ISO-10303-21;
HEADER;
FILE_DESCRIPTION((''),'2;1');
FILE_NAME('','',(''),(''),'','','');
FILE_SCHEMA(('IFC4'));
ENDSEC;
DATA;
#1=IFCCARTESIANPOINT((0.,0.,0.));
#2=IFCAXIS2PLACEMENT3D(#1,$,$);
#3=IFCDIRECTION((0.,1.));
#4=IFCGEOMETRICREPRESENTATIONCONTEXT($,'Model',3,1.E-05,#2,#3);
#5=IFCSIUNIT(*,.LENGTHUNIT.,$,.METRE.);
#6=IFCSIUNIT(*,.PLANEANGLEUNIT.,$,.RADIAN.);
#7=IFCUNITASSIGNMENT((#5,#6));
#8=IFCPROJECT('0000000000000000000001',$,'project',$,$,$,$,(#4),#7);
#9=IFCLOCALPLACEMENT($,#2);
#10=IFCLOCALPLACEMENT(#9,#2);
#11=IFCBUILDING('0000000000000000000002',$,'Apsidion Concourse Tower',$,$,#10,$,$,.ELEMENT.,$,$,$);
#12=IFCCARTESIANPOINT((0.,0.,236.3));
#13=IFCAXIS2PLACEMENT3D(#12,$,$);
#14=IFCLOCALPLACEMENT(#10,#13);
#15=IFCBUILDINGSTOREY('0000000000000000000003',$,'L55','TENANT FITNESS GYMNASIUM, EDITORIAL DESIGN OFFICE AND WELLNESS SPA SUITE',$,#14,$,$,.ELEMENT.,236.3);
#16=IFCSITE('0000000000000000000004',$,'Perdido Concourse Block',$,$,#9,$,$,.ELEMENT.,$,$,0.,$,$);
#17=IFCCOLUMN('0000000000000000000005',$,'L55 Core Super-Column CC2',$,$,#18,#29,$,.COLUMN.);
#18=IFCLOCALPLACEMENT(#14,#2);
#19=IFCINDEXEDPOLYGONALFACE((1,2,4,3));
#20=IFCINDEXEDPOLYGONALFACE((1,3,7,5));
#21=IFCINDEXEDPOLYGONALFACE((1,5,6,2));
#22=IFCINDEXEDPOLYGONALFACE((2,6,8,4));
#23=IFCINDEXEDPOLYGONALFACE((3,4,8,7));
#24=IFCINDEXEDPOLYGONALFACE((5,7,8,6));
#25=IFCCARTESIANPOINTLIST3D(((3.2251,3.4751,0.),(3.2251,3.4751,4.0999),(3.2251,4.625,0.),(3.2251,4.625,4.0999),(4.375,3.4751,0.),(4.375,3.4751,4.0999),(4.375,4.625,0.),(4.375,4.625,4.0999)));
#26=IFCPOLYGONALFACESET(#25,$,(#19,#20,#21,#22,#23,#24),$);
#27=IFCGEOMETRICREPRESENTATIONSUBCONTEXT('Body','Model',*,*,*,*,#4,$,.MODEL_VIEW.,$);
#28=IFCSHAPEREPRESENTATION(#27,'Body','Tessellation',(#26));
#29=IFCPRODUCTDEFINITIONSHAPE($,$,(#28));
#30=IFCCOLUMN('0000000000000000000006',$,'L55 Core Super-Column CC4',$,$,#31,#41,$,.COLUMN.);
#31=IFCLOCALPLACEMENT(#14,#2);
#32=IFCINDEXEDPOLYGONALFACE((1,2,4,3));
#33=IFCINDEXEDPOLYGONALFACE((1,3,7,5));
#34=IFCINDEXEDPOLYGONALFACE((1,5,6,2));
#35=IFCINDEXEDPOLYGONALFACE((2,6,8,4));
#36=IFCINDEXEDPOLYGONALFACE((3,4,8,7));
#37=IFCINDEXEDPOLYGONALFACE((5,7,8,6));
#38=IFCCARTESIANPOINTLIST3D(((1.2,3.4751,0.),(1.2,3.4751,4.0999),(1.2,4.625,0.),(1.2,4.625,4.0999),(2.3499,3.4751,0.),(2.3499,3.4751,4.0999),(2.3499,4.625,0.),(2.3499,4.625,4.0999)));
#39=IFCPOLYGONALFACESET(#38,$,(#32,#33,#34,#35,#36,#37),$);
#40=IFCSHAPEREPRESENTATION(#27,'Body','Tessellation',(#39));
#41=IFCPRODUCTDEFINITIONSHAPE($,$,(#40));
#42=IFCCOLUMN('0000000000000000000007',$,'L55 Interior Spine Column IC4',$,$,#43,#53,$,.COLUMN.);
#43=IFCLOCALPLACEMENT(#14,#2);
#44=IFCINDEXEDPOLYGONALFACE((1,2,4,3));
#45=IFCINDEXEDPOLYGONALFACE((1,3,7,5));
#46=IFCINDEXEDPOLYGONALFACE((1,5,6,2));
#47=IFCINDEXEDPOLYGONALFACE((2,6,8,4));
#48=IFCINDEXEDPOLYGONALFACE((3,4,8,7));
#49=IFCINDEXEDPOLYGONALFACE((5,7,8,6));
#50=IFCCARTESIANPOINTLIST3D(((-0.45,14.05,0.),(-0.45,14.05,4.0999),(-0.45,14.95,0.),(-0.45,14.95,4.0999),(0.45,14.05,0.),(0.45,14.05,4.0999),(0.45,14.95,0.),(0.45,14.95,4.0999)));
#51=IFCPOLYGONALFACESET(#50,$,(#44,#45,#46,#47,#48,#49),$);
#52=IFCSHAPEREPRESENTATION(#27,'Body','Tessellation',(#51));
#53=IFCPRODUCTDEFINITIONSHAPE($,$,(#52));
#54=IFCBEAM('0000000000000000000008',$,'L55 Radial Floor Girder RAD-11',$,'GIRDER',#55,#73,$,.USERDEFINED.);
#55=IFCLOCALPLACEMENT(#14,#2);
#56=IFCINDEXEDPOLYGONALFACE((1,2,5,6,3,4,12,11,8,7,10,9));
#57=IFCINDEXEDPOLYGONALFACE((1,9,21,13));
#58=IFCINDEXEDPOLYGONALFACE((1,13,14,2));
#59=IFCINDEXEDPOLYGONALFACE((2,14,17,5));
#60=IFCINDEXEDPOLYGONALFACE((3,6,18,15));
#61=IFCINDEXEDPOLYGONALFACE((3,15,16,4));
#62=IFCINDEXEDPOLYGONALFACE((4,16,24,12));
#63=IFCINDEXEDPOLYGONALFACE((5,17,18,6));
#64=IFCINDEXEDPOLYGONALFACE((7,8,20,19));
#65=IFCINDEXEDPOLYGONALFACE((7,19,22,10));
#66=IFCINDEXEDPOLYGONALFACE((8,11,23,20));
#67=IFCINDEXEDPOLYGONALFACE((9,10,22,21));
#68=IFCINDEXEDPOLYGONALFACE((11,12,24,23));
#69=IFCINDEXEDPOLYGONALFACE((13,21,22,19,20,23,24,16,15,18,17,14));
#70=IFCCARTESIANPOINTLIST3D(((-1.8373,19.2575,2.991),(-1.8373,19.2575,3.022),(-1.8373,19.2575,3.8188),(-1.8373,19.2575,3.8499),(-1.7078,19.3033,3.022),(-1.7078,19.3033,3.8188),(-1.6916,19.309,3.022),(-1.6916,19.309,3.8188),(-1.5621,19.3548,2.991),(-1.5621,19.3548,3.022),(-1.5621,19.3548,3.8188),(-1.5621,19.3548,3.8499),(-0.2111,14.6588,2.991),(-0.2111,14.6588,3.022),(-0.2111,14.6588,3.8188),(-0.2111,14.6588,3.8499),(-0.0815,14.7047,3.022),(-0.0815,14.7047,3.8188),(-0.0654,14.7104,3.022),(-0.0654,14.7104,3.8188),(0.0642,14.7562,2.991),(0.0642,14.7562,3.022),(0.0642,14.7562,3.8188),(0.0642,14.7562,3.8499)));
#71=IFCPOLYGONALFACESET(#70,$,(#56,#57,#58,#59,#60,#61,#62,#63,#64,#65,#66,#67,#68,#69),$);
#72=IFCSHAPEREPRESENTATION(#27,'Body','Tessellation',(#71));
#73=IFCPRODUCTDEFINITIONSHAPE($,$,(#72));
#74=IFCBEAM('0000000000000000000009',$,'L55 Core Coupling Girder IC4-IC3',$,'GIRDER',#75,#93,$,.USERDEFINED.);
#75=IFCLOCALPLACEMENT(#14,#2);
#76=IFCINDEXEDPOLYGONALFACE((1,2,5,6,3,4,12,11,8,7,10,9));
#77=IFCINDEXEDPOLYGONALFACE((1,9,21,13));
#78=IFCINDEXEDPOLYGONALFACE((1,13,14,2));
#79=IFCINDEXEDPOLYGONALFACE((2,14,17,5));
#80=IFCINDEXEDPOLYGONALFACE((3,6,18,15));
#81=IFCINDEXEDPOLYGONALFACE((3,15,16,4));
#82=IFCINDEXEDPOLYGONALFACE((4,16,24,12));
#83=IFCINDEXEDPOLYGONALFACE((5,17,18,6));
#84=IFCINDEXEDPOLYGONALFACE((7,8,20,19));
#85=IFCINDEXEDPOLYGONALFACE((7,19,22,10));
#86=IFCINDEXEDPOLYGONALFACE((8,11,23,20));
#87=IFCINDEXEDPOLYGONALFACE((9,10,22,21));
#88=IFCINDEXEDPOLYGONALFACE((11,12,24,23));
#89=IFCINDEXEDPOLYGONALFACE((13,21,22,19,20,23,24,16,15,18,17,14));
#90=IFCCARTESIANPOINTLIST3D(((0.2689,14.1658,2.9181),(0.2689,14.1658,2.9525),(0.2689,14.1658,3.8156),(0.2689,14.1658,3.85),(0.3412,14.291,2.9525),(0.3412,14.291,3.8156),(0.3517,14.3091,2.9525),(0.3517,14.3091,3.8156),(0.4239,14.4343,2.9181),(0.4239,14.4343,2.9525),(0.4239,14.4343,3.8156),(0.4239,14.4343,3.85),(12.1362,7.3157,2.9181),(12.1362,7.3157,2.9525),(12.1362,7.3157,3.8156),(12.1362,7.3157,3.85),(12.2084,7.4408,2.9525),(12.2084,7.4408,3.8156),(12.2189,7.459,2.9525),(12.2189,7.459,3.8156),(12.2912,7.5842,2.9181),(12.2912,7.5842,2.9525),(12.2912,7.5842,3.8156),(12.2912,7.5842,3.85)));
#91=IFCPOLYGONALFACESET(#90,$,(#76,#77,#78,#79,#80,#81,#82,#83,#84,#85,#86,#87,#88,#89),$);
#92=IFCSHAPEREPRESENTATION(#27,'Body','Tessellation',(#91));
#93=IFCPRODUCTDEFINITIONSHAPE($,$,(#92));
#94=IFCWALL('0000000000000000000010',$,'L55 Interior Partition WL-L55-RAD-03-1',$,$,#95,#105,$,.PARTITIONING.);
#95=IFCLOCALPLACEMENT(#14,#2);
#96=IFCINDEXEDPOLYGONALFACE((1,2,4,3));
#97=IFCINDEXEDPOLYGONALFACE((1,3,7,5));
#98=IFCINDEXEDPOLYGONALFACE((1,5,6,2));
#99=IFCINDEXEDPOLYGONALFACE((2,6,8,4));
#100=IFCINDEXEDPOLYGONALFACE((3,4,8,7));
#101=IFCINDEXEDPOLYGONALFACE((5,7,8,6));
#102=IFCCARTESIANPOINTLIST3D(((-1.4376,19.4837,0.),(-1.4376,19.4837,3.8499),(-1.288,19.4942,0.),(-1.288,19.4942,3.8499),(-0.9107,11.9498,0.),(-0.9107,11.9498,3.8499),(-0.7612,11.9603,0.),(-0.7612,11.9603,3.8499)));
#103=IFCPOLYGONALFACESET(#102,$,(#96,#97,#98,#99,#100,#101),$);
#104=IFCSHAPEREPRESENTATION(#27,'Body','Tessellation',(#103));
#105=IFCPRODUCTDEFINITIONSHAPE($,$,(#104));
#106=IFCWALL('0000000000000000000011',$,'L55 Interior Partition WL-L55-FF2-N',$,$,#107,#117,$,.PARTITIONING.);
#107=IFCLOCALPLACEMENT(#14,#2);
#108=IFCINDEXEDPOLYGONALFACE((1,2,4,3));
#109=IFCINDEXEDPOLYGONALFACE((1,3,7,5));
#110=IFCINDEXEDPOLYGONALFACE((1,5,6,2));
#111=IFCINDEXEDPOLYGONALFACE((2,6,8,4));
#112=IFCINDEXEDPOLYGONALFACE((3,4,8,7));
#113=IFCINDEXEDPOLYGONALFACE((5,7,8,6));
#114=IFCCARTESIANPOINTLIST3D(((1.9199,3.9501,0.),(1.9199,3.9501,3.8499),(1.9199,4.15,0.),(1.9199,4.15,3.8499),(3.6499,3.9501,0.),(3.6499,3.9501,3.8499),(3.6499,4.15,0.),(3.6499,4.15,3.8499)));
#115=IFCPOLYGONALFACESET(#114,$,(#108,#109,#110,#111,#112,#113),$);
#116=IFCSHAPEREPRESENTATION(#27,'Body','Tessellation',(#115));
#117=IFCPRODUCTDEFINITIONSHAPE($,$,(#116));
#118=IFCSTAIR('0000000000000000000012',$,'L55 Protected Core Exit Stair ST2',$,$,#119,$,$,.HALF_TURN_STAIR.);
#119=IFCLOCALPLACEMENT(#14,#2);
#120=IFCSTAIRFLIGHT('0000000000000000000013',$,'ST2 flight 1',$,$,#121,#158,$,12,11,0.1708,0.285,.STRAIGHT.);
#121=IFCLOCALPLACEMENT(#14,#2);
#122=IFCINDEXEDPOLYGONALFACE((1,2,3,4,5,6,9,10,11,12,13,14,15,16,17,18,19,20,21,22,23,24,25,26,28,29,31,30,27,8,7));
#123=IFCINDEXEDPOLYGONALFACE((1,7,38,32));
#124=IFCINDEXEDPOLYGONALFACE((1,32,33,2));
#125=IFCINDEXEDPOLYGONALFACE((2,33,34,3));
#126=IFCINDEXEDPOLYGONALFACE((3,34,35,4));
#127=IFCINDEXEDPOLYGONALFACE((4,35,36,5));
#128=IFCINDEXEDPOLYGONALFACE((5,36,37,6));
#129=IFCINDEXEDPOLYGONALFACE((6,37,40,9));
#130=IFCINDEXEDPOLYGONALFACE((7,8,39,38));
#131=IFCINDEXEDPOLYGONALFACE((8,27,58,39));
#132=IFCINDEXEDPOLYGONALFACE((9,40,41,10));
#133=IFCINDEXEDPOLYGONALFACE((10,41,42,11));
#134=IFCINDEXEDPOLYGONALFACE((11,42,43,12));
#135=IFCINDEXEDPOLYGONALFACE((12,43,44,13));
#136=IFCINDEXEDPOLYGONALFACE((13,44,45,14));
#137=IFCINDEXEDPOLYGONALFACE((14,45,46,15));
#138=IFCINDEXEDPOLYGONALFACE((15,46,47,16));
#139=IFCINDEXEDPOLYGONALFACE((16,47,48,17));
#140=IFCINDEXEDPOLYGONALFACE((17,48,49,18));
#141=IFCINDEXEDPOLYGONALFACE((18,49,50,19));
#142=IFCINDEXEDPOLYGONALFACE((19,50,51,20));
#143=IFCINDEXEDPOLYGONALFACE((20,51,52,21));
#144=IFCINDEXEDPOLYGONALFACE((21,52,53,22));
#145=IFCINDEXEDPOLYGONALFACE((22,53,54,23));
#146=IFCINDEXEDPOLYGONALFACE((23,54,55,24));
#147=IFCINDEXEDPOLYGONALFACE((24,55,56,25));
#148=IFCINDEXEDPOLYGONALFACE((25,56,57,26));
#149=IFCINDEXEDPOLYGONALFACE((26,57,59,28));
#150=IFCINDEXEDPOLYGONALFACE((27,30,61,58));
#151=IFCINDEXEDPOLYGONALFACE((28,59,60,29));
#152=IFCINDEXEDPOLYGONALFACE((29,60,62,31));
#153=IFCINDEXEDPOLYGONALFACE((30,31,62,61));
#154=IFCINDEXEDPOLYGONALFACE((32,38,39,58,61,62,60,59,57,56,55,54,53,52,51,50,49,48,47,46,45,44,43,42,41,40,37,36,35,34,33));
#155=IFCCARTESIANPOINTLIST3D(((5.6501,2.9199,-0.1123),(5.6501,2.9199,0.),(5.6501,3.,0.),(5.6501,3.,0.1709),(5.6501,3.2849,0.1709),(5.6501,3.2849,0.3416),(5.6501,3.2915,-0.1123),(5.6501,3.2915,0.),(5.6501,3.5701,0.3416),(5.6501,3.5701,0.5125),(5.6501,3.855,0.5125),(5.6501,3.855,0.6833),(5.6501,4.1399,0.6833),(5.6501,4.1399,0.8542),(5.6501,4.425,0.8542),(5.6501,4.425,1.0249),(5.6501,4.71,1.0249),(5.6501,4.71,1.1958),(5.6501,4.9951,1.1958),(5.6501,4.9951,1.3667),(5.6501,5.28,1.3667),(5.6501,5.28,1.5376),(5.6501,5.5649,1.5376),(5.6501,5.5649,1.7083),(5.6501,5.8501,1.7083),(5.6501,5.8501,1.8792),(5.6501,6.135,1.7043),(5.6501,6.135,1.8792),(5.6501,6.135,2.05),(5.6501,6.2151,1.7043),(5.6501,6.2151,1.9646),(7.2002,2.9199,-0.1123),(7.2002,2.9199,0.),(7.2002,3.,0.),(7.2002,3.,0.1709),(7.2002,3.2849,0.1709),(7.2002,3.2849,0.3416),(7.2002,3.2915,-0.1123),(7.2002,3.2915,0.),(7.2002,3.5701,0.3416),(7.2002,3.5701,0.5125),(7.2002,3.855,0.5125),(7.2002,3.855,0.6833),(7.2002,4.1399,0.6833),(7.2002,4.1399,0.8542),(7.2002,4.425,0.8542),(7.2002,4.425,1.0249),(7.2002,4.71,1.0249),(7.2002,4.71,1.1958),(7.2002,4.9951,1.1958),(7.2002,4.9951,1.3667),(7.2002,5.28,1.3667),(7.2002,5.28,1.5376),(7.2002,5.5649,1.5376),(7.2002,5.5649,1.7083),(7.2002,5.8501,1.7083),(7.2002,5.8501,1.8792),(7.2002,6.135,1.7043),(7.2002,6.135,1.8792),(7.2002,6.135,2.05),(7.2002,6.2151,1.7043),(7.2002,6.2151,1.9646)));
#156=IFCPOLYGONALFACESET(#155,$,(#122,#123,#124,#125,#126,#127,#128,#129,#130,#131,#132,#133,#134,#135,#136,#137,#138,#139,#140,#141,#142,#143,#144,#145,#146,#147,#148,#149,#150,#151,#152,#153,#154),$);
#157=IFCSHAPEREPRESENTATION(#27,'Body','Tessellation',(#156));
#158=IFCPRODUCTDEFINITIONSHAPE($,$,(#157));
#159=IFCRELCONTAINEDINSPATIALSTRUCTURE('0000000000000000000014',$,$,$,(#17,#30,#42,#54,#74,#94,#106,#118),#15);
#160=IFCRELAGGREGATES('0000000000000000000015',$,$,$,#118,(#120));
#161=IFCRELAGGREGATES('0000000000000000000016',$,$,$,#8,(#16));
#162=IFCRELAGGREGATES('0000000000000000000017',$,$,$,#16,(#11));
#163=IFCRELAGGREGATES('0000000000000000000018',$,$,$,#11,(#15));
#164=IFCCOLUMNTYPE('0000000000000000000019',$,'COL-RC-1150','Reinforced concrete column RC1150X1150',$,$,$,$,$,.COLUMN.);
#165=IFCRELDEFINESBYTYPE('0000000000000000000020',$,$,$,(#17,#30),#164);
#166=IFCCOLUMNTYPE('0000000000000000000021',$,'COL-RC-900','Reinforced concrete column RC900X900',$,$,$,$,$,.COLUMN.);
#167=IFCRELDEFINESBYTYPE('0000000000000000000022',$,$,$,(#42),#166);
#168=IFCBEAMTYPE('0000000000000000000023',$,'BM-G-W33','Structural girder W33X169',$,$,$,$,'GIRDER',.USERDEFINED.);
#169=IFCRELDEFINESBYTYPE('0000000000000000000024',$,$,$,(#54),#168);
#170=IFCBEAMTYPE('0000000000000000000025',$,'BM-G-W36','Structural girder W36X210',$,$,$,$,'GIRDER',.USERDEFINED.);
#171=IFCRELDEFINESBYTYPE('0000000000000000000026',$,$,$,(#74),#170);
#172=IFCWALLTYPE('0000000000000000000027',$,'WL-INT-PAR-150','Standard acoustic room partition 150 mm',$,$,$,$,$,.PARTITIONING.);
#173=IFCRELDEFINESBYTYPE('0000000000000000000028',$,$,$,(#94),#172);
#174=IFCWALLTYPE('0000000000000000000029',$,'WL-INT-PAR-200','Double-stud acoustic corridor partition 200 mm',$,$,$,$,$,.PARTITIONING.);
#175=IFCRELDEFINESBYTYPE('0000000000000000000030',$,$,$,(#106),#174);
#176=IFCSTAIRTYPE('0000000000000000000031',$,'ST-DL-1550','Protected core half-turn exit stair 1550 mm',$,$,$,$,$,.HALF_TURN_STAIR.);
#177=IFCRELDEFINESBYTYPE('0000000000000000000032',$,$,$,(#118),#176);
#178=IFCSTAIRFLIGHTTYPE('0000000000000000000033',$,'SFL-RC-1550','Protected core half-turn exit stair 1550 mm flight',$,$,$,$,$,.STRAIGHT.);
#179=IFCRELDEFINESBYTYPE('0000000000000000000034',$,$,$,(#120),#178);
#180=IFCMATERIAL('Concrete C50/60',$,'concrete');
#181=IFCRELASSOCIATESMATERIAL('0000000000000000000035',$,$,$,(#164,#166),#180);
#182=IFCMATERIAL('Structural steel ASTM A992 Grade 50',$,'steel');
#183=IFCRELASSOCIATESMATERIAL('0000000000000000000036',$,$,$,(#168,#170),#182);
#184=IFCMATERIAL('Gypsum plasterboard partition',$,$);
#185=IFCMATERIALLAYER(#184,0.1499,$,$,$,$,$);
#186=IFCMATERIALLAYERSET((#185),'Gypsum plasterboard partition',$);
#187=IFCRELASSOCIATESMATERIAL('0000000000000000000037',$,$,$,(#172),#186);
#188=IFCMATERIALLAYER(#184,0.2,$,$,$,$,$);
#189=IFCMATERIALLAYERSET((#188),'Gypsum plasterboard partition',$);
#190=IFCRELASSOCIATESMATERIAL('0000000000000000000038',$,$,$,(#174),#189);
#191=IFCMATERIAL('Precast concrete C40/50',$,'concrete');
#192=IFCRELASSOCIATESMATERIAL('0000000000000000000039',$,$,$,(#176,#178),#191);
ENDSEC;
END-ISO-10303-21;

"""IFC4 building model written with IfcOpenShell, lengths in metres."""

from ifc_helpers import new_model, si_unit, direction, frame, frame_2d, origin, origin_2d, place, context, subcontext, project, spatial, polyline, rectangle, i_section, outline, extrude, material, layer, layer_set, material_profile, profile_set, type_object, element, aggregate, save


model = new_model("IFC4")

# Units and contexts
model_context = context("Model", 3, precision=1e-05, world=origin(), true_north=direction((0.0, 1.0)))
body_context = subcontext(model_context, "Body", "Model", "MODEL_VIEW")
ifc_project = project(units=[si_unit("LENGTHUNIT", "METRE"), si_unit("PLANEANGLEUNIT", "RADIAN")], contexts=[model_context])

# Site, building, storey
site_placement = place(None, origin())
site = spatial("IfcSite", under=ifc_project, at=site_placement, Name="Perdido Concourse Block", CompositionType="ELEMENT", RefElevation=0.0)
building_placement = place(site_placement, origin())
building = spatial("IfcBuilding", under=site, at=building_placement, Name="Apsidion Concourse Tower", CompositionType="ELEMENT")
storey_placement = place(building_placement, frame((0.0, 0.0, 236.3)))
storey = spatial("IfcBuildingStorey", under=building, at=storey_placement, Name="L55", Description="TENANT FITNESS GYMNASIUM, EDITORIAL DESIGN OFFICE AND WELLNESS SPA SUITE", CompositionType="ELEMENT", Elevation=236.3)

# Columns
ifc_material_1 = material(Name="Concrete C50/60", Category="concrete")
ifc_material_profile_1 = material_profile(ifc_material_1, rectangle(XDim=1.1499, YDim=1.1499, at=origin_2d()), Name="RC 1150x1150")
ifc_profile_set_1 = profile_set([ifc_material_profile_1], Name="Concrete C50/60")
column_type_1 = type_object("IfcColumnType", Name="COL-RC-1150", Description="Reinforced concrete column RC1150X1150", PredefinedType="COLUMN", material=ifc_profile_set_1)
for number, where, z_axis, x_axis, name in (
    (1, (3.8, 4.05, 0.0), (0.0, 0.0, 1.0), (1.0, 0.0, 0.0), "L55 Core Super-Column CC2"),
    (2, (1.7749, 4.05, 0.0), (0.0, 0.0, 1.0), (1.0, 0.0, 0.0), "L55 Core Super-Column CC4"),
):
    element("IfcColumn", number, at=place(storey_placement, frame(where, z_axis=z_axis, x_axis=x_axis)), inside=storey, type_object=column_type_1, Name=name, PredefinedType="COLUMN", context=body_context, shape_type="SweptSolid", body=[
        extrude(rectangle(XDim=1.1499, YDim=1.1499, at=origin_2d()), origin(), (0.0, 0.0, 1.0), 4.0999),
    ])
ifc_material_profile_2 = material_profile(ifc_material_1, rectangle(XDim=0.8999, YDim=0.8999, at=origin_2d()), Name="RC 900x900")
ifc_profile_set_2 = profile_set([ifc_material_profile_2], Name="Concrete C50/60")
column_type_2 = type_object("IfcColumnType", Name="COL-RC-900", Description="Reinforced concrete column RC900X900", PredefinedType="COLUMN", material=ifc_profile_set_2)
column_placement = place(storey_placement, frame((0.0, 14.5, 0.0), z_axis=(0.0, 0.0, 1.0), x_axis=(1.0, 0.0, 0.0)))
element("IfcColumn", 3, at=column_placement, inside=storey, type_object=column_type_2, Name="L55 Interior Spine Column IC4", PredefinedType="COLUMN", context=body_context, shape_type="SweptSolid", body=[
    extrude(rectangle(XDim=0.8999, YDim=0.8999, at=origin_2d()), origin(), (0.0, 0.0, 1.0), 4.0999),
])

# Beams
ifc_material_2 = material(Name="Structural steel ASTM A992 Grade 50", Category="steel")
ifc_material_profile_3 = material_profile(ifc_material_2, i_section(OverallWidth=0.292, OverallDepth=0.8589, WebThickness=0.0171, FlangeThickness=0.031, at=origin_2d()), Name="W33X169")
ifc_profile_set_3 = profile_set([ifc_material_profile_3], Name="Structural steel ASTM A992 Grade 50")
beam_type_1 = type_object("IfcBeamType", Name="BM-G-W33", Description="Structural girder W33X169", ElementType="GIRDER", PredefinedType="USERDEFINED", material=ifc_profile_set_3)
beam_1_placement = place(storey_placement, frame((-0.0735, 14.7075, 3.4204), z_axis=(-0.333399, 0.942786, 0.0), x_axis=(-0.942786, -0.333399, 0.0)))
element("IfcBeam", 4, at=beam_1_placement, inside=storey, type_object=beam_type_1, Name="L55 Radial Floor Girder RAD-11", ObjectType="GIRDER", PredefinedType="USERDEFINED", context=body_context, shape_type="SweptSolid", body=[
    extrude(i_section(OverallWidth=0.292, OverallDepth=0.8589, WebThickness=0.0171, FlangeThickness=0.031, at=origin_2d()), origin(), (0.0, 0.0, 1.0), 4.8777),
])
ifc_material_profile_4 = material_profile(ifc_material_2, i_section(OverallWidth=0.3101, OverallDepth=0.9319, WebThickness=0.021, FlangeThickness=0.0344, at=origin_2d()), Name="W36X210")
ifc_profile_set_4 = profile_set([ifc_material_profile_4], Name="Structural steel ASTM A992 Grade 50")
beam_type_2 = type_object("IfcBeamType", Name="BM-G-W36", Description="Structural girder W36X210", ElementType="GIRDER", PredefinedType="USERDEFINED", material=ifc_profile_set_4)
beam_2_placement = place(storey_placement, frame((0.3464, 14.3, 3.384), z_axis=(0.86607, -0.499922, 0.0), x_axis=(0.499922, 0.86607, 0.0)))
element("IfcBeam", 5, at=beam_2_placement, inside=storey, type_object=beam_type_2, Name="L55 Core Coupling Girder IC4-IC3", ObjectType="GIRDER", PredefinedType="USERDEFINED", context=body_context, shape_type="SweptSolid", body=[
    extrude(i_section(OverallWidth=0.3101, OverallDepth=0.9319, WebThickness=0.021, FlangeThickness=0.0344, at=origin_2d()), origin(), (0.0, 0.0, 1.0), 13.7024),
])

# Walls
ifc_material_3 = material(Name="Gypsum plasterboard partition")
ifc_layer_1 = layer(ifc_material_3, 0.1499)
ifc_layer_set_1 = layer_set([ifc_layer_1], Name="Gypsum plasterboard partition")
wall_type_1 = type_object("IfcWallType", Name="WL-INT-PAR-150", Description="Standard acoustic room partition 150 mm", PredefinedType="PARTITIONING", material=ifc_layer_set_1)
wall_1_placement = place(storey_placement, frame((-0.8359, 11.9551, 0.0), z_axis=(0.0, 0.0, 1.0), x_axis=(-0.069761, 0.997564, 0.0)))
element("IfcWall", 6, at=wall_1_placement, inside=storey, type_object=wall_type_1, Name="L55 Interior Partition WL-L55-RAD-03-1", PredefinedType="PARTITIONING", context=body_context, shape_type="SweptSolid", body=[
    extrude(rectangle(XDim=7.5522, YDim=0.1499, at=frame_2d((3.7761, 0.0))), origin(), (0.0, 0.0, 1.0), 3.8499),
])
ifc_layer_2 = layer(ifc_material_3, 0.2)
ifc_layer_set_2 = layer_set([ifc_layer_2], Name="Gypsum plasterboard partition")
wall_type_2 = type_object("IfcWallType", Name="WL-INT-PAR-200", Description="Double-stud acoustic corridor partition 200 mm", PredefinedType="PARTITIONING", material=ifc_layer_set_2)
wall_2_placement = place(storey_placement, frame((1.9199, 4.05, 0.0), z_axis=(0.0, 0.0, 1.0), x_axis=(1.0, 0.0, 0.0)))
element("IfcWall", 7, at=wall_2_placement, inside=storey, type_object=wall_type_2, Name="L55 Interior Partition WL-L55-FF2-N", PredefinedType="PARTITIONING", context=body_context, shape_type="SweptSolid", body=[
    extrude(rectangle(XDim=1.73, YDim=0.2, at=frame_2d((0.865, 0.0))), origin(), (0.0, 0.0, 1.0), 3.8499),
])

# Stair, stair flight
ifc_material_4 = material(Name="Precast concrete C40/50", Category="concrete")
stair_type = type_object("IfcStairType", Name="ST-DL-1550", Description="Protected core half-turn exit stair 1550 mm", PredefinedType="HALF_TURN_STAIR", material=ifc_material_4)
stair_1_placement = place(storey_placement, origin())
stair_1 = element("IfcStair", 8, at=stair_1_placement, inside=storey, type_object=stair_type, Name="L55 Protected Core Exit Stair ST2", PredefinedType="HALF_TURN_STAIR")
stair_flight_type = type_object("IfcStairFlightType", Name="SFL-RC-1550", Description="Protected core half-turn exit stair 1550 mm flight", PredefinedType="STRAIGHT", material=ifc_material_4)
stair_flight_1_placement = place(storey_placement, frame((6.425, 3.0, 0.0), z_axis=(0.0, 0.0, 1.0), x_axis=(0.0, 1.0, 0.0)))
stair_flight_1 = element("IfcStairFlight", 9, at=stair_flight_1_placement, type_object=stair_flight_type, Name="ST2 flight 1", NumberOfRisers=12, NumberOfTreads=11, PredefinedType="STRAIGHT", RiserHeight=0.1708, TreadLength=0.285, context=body_context, shape_type="SweptSolid", body=[
    extrude(outline(polyline([(-0.0801, -0.1123), (-0.0801, 0.0), (0.0, 0.0), (0.0, 0.1709), (0.2849, 0.1709), (0.2849, 0.3416), (0.5701, 0.3416), (0.5701, 0.5125), (0.855, 0.5125), (0.855, 0.6833), (1.1399, 0.6833), (1.1399, 0.8542), (1.425, 0.8542), (1.425, 1.0249), (1.71, 1.0249), (1.71, 1.1958), (1.9951, 1.1958), (1.9951, 1.3667), (2.28, 1.3667), (2.28, 1.5376), (2.5649, 1.5376), (2.5649, 1.7083), (2.8501, 1.7083), (2.8501, 1.8792), (3.135, 1.8792), (3.135, 2.05), (3.2151, 1.9646), (3.2151, 1.7043), (3.135, 1.7043), (0.2915, 0.0), (0.2915, -0.1123), (-0.0801, -0.1123)])), frame((0.0, 0.7749, 0.0), z_axis=(0.0, -1.0, 0.0), x_axis=(1.0, 0.0, 0.0)), (0.0, 0.0, 1.0), 1.55),
])
aggregate(stair_1, [stair_flight_1])

save(model, "model.ifc")
